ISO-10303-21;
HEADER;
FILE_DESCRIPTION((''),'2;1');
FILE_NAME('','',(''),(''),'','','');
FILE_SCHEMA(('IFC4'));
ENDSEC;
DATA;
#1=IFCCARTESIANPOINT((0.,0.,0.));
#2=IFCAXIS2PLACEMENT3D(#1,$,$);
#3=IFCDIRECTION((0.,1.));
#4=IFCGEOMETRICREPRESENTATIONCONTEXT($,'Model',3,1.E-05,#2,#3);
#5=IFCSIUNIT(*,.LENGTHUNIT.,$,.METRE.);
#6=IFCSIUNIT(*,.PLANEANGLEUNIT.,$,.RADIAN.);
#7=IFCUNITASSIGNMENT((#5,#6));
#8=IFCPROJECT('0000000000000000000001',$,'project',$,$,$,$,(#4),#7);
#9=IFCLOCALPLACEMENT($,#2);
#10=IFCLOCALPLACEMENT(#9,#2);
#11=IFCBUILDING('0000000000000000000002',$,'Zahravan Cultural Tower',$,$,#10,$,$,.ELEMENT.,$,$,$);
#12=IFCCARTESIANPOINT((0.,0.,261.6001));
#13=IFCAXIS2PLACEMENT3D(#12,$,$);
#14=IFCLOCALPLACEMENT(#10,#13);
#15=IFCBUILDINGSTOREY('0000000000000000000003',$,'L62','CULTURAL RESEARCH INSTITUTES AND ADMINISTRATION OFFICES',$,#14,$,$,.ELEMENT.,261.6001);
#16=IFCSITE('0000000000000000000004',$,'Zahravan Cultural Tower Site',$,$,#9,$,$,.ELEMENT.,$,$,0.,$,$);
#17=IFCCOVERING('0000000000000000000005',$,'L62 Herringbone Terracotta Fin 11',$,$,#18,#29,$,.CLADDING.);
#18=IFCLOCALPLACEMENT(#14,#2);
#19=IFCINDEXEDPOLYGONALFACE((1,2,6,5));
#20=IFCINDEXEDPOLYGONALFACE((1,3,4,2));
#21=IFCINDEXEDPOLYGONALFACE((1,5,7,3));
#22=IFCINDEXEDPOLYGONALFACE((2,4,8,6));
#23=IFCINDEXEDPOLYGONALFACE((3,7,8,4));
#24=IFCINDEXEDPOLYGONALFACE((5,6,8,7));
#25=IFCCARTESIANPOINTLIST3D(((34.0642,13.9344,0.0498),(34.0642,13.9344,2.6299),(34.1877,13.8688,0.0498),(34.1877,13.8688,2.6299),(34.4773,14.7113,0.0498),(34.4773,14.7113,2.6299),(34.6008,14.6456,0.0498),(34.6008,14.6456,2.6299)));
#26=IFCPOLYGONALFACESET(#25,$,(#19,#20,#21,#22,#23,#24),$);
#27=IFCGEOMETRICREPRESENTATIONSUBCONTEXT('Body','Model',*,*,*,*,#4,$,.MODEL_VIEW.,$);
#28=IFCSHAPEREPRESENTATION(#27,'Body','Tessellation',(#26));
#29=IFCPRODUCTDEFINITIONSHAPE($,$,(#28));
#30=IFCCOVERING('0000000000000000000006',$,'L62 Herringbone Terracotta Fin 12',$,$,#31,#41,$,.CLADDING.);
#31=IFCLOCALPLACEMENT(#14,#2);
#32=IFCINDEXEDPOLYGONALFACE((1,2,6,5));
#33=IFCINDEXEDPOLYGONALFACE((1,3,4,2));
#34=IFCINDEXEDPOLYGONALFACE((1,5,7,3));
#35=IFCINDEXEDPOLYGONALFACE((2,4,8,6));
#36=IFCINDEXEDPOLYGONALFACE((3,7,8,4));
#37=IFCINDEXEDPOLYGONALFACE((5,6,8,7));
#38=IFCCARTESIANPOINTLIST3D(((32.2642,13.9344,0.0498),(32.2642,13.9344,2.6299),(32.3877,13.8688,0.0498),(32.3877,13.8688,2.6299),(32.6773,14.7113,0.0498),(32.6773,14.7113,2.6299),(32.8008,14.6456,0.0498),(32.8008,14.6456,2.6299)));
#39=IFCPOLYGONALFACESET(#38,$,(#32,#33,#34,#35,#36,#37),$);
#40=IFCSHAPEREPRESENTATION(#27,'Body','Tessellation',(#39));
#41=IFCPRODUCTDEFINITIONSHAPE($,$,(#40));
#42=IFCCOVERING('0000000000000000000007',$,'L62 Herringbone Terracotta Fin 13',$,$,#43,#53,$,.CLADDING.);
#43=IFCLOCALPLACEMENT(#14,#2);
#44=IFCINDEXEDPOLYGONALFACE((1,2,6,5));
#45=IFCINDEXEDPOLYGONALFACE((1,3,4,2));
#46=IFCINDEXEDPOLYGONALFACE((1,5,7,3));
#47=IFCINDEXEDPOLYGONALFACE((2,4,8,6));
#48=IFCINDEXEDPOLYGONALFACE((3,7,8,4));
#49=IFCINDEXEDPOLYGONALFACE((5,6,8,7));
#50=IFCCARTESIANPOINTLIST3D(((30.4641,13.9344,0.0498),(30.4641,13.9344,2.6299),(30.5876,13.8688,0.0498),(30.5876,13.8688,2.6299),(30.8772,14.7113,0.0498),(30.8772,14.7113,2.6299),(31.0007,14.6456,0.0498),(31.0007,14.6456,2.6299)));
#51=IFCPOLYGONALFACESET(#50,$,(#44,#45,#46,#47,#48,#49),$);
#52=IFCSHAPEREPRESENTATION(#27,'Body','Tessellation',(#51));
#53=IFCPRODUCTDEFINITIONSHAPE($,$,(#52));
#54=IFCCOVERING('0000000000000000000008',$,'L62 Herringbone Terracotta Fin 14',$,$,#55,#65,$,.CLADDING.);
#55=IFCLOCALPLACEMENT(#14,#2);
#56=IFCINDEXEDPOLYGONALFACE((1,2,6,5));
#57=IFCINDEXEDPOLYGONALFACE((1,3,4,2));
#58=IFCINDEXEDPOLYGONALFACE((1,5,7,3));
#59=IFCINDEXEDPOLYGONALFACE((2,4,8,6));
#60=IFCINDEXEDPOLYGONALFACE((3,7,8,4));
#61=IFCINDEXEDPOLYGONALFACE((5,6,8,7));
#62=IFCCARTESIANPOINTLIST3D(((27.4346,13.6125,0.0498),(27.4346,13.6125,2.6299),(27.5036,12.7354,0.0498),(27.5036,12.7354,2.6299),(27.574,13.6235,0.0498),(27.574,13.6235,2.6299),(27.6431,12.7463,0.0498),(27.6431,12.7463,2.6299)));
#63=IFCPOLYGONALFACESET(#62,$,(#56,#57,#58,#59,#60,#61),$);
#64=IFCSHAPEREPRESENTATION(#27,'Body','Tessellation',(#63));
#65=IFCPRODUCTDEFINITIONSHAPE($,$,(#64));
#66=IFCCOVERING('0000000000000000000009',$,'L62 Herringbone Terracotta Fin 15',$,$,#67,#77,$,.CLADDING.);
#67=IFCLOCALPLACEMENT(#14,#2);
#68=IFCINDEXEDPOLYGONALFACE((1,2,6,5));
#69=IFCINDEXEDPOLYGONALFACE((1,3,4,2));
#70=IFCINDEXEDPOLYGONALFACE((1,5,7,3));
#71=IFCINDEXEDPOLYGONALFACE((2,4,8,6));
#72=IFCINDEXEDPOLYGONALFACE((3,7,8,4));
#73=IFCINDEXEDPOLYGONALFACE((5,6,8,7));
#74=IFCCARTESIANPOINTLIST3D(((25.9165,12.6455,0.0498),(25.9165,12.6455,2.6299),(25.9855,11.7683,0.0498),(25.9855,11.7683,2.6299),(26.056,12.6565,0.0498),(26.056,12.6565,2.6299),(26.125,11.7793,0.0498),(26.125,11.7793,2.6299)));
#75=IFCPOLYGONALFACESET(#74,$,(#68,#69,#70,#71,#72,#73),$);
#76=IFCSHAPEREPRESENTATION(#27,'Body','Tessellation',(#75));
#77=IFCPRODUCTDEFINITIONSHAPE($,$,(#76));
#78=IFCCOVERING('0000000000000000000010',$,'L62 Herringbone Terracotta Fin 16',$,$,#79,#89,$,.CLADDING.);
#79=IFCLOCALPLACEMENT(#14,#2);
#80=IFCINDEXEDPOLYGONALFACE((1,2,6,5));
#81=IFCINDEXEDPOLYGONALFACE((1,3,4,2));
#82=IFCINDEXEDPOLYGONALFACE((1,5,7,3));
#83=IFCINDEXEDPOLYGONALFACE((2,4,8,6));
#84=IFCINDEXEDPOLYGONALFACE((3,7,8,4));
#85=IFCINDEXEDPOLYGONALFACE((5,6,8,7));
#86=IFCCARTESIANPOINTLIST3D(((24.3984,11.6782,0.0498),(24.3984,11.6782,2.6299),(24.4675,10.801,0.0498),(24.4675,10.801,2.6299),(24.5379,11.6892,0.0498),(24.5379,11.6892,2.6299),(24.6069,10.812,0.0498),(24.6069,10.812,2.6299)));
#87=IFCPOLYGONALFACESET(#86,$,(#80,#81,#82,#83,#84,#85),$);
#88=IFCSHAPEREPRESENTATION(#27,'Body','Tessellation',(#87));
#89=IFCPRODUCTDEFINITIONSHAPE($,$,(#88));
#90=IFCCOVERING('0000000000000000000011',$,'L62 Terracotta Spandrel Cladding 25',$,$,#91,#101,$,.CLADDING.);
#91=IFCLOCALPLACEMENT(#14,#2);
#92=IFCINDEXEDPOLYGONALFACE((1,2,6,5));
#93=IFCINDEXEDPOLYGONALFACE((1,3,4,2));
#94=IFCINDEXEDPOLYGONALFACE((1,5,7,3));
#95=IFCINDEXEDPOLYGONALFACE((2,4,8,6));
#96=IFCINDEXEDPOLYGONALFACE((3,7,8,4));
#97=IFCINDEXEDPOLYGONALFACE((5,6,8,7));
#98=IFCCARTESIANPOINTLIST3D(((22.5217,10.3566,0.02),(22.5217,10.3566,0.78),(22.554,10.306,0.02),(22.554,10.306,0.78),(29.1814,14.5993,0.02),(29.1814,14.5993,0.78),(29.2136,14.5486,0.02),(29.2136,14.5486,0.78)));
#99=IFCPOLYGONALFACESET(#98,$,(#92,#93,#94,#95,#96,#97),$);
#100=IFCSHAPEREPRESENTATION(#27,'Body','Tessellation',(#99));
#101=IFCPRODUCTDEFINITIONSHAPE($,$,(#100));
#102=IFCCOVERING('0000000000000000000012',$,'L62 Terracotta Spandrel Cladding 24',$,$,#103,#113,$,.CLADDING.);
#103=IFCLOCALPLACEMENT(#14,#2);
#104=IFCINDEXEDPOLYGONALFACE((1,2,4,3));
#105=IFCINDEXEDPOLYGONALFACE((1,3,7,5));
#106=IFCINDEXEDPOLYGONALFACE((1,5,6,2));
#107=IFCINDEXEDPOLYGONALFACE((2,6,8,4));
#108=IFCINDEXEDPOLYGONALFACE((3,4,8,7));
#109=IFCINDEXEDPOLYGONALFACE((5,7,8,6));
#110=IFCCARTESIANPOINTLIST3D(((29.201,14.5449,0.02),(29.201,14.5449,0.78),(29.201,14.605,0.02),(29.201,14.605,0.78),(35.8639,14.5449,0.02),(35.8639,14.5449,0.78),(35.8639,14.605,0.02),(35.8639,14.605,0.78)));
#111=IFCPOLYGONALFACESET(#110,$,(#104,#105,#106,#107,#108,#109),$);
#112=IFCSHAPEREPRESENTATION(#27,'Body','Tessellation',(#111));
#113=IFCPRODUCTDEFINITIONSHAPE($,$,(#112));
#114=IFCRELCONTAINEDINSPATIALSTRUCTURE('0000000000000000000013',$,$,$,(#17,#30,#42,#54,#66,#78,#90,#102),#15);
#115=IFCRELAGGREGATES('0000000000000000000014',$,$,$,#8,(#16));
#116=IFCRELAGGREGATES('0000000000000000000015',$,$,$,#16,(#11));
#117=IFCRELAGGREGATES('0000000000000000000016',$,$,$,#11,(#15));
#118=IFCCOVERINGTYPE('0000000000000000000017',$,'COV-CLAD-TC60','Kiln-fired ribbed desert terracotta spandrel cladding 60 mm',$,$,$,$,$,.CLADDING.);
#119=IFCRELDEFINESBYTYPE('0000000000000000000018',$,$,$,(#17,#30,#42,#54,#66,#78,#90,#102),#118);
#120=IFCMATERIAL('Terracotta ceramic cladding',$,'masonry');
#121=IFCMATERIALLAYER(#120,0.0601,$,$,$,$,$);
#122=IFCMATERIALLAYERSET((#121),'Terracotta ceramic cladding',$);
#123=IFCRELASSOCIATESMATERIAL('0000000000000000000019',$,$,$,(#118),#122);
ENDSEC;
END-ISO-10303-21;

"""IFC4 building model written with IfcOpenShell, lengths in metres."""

from ifc_helpers import new_model, si_unit, direction, frame, origin, origin_2d, place, context, subcontext, project, spatial, rectangle, extrude, source, transform, mapped, material, layer, layer_set, type_object, element, save


model = new_model("IFC4")

# Units and contexts
model_context = context("Model", 3, precision=1e-05, world=origin(), true_north=direction((0.0, 1.0)))
body_context = subcontext(model_context, "Body", "Model", "MODEL_VIEW")
ifc_project = project(units=[si_unit("LENGTHUNIT", "METRE"), si_unit("PLANEANGLEUNIT", "RADIAN")], contexts=[model_context])

# Site, building, storey
site_placement = place(None, origin())
site = spatial("IfcSite", under=ifc_project, at=site_placement, Name="Zahravan Cultural Tower Site", CompositionType="ELEMENT", RefElevation=0.0)
building_placement = place(site_placement, origin())
building = spatial("IfcBuilding", under=site, at=building_placement, Name="Zahravan Cultural Tower", CompositionType="ELEMENT")
storey_placement = place(building_placement, frame((0.0, 0.0, 261.6001)))
storey = spatial("IfcBuildingStorey", under=building, at=storey_placement, Name="L62", Description="CULTURAL RESEARCH INSTITUTES AND ADMINISTRATION OFFICES", CompositionType="ELEMENT", Elevation=261.6001)

# Coverings
ifc_material_1 = material(Name="Terracotta ceramic cladding", Category="masonry")
ifc_layer_1 = layer(ifc_material_1, 0.0601)
ifc_layer_set_1 = layer_set([ifc_layer_1], Name="Terracotta ceramic cladding")
covering_type = type_object("IfcCoveringType", Name="COV-CLAD-TC60", Description="Kiln-fired ribbed desert terracotta spandrel cladding 60 mm", PredefinedType="CLADDING", material=ifc_layer_set_1)
shared_shape_1 = source(origin(), body_context, "Body", "SweptSolid", [
    extrude(rectangle(XDim=0.8799, YDim=0.1399, at=origin_2d()), origin(), (0.0, 0.0, 1.0), 2.5801),
])
for number, where, z_axis, x_axis, name in (
    (1, (34.3325, 14.29, 0.0498), (0.0, 0.0, 1.0), (-0.469472, -0.882948, 0.0), "L62 Herringbone Terracotta Fin 11"),
    (2, (32.5325, 14.29, 0.0498), (0.0, 0.0, 1.0), (-0.469472, -0.882948, 0.0), "L62 Herringbone Terracotta Fin 12"),
    (3, (30.7324, 14.29, 0.0498), (0.0, 0.0, 1.0), (-0.469472, -0.882948, 0.0), "L62 Herringbone Terracotta Fin 13"),
    (4, (27.5388, 13.1794, 0.0498), (0.0, 0.0, 1.0), (0.078459, -0.996917, 0.0), "L62 Herringbone Terracotta Fin 14"),
    (5, (26.0208, 12.2124, 0.0498), (0.0, 0.0, 1.0), (0.078459, -0.996917, 0.0), "L62 Herringbone Terracotta Fin 15"),
    (6, (24.5027, 11.2451, 0.0498), (0.0, 0.0, 1.0), (0.078459, -0.996917, 0.0), "L62 Herringbone Terracotta Fin 16"),
):
    element("IfcCovering", number, at=place(storey_placement, frame(where, z_axis=z_axis, x_axis=x_axis)), inside=storey, type_object=covering_type, Name=name, PredefinedType="CLADDING", context=body_context, shape_type="MappedRepresentation", body=[
        mapped(shared_shape_1, transform((0.0, 0.0, 0.0), x_axis=(1.0, 0.0, 0.0), y_axis=(0.0, 1.0, 0.0), z_axis=(0.0, 0.0, 1.0), scale=1.0)),
    ])
shared_shape_2 = source(origin(), body_context, "Body", "SweptSolid", [
    extrude(rectangle(XDim=7.8962, YDim=0.0601, at=origin_2d()), origin(), (0.0, 0.0, 1.0), 0.76),
])
covering_1_placement = place(storey_placement, frame((25.8677, 12.4526, 0.02), z_axis=(0.0, 0.0, 1.0), x_axis=(-0.843391, -0.5373, 0.0)))
element("IfcCovering", 7, at=covering_1_placement, inside=storey, type_object=covering_type, Name="L62 Terracotta Spandrel Cladding 25", PredefinedType="CLADDING", context=body_context, shape_type="MappedRepresentation", body=[
    mapped(shared_shape_2, transform((0.0, 0.0, 0.0), x_axis=(1.0, 0.0, 0.0), y_axis=(0.0, 1.0, 0.0), z_axis=(0.0, 0.0, 1.0), scale=1.0)),
])
shared_shape_3 = source(origin(), body_context, "Body", "SweptSolid", [
    extrude(rectangle(XDim=6.6628, YDim=0.0601, at=origin_2d()), origin(), (0.0, 0.0, 1.0), 0.76),
])
covering_2_placement = place(storey_placement, frame((32.5325, 14.575, 0.02), z_axis=(0.0, 0.0, 1.0), x_axis=(-1.0, 0.0, 0.0)))
element("IfcCovering", 8, at=covering_2_placement, inside=storey, type_object=covering_type, Name="L62 Terracotta Spandrel Cladding 24", PredefinedType="CLADDING", context=body_context, shape_type="MappedRepresentation", body=[
    mapped(shared_shape_3, transform((0.0, 0.0, 0.0), x_axis=(1.0, 0.0, 0.0), y_axis=(0.0, 1.0, 0.0), z_axis=(0.0, 0.0, 1.0), scale=1.0)),
])

save(model, "model.ifc")
